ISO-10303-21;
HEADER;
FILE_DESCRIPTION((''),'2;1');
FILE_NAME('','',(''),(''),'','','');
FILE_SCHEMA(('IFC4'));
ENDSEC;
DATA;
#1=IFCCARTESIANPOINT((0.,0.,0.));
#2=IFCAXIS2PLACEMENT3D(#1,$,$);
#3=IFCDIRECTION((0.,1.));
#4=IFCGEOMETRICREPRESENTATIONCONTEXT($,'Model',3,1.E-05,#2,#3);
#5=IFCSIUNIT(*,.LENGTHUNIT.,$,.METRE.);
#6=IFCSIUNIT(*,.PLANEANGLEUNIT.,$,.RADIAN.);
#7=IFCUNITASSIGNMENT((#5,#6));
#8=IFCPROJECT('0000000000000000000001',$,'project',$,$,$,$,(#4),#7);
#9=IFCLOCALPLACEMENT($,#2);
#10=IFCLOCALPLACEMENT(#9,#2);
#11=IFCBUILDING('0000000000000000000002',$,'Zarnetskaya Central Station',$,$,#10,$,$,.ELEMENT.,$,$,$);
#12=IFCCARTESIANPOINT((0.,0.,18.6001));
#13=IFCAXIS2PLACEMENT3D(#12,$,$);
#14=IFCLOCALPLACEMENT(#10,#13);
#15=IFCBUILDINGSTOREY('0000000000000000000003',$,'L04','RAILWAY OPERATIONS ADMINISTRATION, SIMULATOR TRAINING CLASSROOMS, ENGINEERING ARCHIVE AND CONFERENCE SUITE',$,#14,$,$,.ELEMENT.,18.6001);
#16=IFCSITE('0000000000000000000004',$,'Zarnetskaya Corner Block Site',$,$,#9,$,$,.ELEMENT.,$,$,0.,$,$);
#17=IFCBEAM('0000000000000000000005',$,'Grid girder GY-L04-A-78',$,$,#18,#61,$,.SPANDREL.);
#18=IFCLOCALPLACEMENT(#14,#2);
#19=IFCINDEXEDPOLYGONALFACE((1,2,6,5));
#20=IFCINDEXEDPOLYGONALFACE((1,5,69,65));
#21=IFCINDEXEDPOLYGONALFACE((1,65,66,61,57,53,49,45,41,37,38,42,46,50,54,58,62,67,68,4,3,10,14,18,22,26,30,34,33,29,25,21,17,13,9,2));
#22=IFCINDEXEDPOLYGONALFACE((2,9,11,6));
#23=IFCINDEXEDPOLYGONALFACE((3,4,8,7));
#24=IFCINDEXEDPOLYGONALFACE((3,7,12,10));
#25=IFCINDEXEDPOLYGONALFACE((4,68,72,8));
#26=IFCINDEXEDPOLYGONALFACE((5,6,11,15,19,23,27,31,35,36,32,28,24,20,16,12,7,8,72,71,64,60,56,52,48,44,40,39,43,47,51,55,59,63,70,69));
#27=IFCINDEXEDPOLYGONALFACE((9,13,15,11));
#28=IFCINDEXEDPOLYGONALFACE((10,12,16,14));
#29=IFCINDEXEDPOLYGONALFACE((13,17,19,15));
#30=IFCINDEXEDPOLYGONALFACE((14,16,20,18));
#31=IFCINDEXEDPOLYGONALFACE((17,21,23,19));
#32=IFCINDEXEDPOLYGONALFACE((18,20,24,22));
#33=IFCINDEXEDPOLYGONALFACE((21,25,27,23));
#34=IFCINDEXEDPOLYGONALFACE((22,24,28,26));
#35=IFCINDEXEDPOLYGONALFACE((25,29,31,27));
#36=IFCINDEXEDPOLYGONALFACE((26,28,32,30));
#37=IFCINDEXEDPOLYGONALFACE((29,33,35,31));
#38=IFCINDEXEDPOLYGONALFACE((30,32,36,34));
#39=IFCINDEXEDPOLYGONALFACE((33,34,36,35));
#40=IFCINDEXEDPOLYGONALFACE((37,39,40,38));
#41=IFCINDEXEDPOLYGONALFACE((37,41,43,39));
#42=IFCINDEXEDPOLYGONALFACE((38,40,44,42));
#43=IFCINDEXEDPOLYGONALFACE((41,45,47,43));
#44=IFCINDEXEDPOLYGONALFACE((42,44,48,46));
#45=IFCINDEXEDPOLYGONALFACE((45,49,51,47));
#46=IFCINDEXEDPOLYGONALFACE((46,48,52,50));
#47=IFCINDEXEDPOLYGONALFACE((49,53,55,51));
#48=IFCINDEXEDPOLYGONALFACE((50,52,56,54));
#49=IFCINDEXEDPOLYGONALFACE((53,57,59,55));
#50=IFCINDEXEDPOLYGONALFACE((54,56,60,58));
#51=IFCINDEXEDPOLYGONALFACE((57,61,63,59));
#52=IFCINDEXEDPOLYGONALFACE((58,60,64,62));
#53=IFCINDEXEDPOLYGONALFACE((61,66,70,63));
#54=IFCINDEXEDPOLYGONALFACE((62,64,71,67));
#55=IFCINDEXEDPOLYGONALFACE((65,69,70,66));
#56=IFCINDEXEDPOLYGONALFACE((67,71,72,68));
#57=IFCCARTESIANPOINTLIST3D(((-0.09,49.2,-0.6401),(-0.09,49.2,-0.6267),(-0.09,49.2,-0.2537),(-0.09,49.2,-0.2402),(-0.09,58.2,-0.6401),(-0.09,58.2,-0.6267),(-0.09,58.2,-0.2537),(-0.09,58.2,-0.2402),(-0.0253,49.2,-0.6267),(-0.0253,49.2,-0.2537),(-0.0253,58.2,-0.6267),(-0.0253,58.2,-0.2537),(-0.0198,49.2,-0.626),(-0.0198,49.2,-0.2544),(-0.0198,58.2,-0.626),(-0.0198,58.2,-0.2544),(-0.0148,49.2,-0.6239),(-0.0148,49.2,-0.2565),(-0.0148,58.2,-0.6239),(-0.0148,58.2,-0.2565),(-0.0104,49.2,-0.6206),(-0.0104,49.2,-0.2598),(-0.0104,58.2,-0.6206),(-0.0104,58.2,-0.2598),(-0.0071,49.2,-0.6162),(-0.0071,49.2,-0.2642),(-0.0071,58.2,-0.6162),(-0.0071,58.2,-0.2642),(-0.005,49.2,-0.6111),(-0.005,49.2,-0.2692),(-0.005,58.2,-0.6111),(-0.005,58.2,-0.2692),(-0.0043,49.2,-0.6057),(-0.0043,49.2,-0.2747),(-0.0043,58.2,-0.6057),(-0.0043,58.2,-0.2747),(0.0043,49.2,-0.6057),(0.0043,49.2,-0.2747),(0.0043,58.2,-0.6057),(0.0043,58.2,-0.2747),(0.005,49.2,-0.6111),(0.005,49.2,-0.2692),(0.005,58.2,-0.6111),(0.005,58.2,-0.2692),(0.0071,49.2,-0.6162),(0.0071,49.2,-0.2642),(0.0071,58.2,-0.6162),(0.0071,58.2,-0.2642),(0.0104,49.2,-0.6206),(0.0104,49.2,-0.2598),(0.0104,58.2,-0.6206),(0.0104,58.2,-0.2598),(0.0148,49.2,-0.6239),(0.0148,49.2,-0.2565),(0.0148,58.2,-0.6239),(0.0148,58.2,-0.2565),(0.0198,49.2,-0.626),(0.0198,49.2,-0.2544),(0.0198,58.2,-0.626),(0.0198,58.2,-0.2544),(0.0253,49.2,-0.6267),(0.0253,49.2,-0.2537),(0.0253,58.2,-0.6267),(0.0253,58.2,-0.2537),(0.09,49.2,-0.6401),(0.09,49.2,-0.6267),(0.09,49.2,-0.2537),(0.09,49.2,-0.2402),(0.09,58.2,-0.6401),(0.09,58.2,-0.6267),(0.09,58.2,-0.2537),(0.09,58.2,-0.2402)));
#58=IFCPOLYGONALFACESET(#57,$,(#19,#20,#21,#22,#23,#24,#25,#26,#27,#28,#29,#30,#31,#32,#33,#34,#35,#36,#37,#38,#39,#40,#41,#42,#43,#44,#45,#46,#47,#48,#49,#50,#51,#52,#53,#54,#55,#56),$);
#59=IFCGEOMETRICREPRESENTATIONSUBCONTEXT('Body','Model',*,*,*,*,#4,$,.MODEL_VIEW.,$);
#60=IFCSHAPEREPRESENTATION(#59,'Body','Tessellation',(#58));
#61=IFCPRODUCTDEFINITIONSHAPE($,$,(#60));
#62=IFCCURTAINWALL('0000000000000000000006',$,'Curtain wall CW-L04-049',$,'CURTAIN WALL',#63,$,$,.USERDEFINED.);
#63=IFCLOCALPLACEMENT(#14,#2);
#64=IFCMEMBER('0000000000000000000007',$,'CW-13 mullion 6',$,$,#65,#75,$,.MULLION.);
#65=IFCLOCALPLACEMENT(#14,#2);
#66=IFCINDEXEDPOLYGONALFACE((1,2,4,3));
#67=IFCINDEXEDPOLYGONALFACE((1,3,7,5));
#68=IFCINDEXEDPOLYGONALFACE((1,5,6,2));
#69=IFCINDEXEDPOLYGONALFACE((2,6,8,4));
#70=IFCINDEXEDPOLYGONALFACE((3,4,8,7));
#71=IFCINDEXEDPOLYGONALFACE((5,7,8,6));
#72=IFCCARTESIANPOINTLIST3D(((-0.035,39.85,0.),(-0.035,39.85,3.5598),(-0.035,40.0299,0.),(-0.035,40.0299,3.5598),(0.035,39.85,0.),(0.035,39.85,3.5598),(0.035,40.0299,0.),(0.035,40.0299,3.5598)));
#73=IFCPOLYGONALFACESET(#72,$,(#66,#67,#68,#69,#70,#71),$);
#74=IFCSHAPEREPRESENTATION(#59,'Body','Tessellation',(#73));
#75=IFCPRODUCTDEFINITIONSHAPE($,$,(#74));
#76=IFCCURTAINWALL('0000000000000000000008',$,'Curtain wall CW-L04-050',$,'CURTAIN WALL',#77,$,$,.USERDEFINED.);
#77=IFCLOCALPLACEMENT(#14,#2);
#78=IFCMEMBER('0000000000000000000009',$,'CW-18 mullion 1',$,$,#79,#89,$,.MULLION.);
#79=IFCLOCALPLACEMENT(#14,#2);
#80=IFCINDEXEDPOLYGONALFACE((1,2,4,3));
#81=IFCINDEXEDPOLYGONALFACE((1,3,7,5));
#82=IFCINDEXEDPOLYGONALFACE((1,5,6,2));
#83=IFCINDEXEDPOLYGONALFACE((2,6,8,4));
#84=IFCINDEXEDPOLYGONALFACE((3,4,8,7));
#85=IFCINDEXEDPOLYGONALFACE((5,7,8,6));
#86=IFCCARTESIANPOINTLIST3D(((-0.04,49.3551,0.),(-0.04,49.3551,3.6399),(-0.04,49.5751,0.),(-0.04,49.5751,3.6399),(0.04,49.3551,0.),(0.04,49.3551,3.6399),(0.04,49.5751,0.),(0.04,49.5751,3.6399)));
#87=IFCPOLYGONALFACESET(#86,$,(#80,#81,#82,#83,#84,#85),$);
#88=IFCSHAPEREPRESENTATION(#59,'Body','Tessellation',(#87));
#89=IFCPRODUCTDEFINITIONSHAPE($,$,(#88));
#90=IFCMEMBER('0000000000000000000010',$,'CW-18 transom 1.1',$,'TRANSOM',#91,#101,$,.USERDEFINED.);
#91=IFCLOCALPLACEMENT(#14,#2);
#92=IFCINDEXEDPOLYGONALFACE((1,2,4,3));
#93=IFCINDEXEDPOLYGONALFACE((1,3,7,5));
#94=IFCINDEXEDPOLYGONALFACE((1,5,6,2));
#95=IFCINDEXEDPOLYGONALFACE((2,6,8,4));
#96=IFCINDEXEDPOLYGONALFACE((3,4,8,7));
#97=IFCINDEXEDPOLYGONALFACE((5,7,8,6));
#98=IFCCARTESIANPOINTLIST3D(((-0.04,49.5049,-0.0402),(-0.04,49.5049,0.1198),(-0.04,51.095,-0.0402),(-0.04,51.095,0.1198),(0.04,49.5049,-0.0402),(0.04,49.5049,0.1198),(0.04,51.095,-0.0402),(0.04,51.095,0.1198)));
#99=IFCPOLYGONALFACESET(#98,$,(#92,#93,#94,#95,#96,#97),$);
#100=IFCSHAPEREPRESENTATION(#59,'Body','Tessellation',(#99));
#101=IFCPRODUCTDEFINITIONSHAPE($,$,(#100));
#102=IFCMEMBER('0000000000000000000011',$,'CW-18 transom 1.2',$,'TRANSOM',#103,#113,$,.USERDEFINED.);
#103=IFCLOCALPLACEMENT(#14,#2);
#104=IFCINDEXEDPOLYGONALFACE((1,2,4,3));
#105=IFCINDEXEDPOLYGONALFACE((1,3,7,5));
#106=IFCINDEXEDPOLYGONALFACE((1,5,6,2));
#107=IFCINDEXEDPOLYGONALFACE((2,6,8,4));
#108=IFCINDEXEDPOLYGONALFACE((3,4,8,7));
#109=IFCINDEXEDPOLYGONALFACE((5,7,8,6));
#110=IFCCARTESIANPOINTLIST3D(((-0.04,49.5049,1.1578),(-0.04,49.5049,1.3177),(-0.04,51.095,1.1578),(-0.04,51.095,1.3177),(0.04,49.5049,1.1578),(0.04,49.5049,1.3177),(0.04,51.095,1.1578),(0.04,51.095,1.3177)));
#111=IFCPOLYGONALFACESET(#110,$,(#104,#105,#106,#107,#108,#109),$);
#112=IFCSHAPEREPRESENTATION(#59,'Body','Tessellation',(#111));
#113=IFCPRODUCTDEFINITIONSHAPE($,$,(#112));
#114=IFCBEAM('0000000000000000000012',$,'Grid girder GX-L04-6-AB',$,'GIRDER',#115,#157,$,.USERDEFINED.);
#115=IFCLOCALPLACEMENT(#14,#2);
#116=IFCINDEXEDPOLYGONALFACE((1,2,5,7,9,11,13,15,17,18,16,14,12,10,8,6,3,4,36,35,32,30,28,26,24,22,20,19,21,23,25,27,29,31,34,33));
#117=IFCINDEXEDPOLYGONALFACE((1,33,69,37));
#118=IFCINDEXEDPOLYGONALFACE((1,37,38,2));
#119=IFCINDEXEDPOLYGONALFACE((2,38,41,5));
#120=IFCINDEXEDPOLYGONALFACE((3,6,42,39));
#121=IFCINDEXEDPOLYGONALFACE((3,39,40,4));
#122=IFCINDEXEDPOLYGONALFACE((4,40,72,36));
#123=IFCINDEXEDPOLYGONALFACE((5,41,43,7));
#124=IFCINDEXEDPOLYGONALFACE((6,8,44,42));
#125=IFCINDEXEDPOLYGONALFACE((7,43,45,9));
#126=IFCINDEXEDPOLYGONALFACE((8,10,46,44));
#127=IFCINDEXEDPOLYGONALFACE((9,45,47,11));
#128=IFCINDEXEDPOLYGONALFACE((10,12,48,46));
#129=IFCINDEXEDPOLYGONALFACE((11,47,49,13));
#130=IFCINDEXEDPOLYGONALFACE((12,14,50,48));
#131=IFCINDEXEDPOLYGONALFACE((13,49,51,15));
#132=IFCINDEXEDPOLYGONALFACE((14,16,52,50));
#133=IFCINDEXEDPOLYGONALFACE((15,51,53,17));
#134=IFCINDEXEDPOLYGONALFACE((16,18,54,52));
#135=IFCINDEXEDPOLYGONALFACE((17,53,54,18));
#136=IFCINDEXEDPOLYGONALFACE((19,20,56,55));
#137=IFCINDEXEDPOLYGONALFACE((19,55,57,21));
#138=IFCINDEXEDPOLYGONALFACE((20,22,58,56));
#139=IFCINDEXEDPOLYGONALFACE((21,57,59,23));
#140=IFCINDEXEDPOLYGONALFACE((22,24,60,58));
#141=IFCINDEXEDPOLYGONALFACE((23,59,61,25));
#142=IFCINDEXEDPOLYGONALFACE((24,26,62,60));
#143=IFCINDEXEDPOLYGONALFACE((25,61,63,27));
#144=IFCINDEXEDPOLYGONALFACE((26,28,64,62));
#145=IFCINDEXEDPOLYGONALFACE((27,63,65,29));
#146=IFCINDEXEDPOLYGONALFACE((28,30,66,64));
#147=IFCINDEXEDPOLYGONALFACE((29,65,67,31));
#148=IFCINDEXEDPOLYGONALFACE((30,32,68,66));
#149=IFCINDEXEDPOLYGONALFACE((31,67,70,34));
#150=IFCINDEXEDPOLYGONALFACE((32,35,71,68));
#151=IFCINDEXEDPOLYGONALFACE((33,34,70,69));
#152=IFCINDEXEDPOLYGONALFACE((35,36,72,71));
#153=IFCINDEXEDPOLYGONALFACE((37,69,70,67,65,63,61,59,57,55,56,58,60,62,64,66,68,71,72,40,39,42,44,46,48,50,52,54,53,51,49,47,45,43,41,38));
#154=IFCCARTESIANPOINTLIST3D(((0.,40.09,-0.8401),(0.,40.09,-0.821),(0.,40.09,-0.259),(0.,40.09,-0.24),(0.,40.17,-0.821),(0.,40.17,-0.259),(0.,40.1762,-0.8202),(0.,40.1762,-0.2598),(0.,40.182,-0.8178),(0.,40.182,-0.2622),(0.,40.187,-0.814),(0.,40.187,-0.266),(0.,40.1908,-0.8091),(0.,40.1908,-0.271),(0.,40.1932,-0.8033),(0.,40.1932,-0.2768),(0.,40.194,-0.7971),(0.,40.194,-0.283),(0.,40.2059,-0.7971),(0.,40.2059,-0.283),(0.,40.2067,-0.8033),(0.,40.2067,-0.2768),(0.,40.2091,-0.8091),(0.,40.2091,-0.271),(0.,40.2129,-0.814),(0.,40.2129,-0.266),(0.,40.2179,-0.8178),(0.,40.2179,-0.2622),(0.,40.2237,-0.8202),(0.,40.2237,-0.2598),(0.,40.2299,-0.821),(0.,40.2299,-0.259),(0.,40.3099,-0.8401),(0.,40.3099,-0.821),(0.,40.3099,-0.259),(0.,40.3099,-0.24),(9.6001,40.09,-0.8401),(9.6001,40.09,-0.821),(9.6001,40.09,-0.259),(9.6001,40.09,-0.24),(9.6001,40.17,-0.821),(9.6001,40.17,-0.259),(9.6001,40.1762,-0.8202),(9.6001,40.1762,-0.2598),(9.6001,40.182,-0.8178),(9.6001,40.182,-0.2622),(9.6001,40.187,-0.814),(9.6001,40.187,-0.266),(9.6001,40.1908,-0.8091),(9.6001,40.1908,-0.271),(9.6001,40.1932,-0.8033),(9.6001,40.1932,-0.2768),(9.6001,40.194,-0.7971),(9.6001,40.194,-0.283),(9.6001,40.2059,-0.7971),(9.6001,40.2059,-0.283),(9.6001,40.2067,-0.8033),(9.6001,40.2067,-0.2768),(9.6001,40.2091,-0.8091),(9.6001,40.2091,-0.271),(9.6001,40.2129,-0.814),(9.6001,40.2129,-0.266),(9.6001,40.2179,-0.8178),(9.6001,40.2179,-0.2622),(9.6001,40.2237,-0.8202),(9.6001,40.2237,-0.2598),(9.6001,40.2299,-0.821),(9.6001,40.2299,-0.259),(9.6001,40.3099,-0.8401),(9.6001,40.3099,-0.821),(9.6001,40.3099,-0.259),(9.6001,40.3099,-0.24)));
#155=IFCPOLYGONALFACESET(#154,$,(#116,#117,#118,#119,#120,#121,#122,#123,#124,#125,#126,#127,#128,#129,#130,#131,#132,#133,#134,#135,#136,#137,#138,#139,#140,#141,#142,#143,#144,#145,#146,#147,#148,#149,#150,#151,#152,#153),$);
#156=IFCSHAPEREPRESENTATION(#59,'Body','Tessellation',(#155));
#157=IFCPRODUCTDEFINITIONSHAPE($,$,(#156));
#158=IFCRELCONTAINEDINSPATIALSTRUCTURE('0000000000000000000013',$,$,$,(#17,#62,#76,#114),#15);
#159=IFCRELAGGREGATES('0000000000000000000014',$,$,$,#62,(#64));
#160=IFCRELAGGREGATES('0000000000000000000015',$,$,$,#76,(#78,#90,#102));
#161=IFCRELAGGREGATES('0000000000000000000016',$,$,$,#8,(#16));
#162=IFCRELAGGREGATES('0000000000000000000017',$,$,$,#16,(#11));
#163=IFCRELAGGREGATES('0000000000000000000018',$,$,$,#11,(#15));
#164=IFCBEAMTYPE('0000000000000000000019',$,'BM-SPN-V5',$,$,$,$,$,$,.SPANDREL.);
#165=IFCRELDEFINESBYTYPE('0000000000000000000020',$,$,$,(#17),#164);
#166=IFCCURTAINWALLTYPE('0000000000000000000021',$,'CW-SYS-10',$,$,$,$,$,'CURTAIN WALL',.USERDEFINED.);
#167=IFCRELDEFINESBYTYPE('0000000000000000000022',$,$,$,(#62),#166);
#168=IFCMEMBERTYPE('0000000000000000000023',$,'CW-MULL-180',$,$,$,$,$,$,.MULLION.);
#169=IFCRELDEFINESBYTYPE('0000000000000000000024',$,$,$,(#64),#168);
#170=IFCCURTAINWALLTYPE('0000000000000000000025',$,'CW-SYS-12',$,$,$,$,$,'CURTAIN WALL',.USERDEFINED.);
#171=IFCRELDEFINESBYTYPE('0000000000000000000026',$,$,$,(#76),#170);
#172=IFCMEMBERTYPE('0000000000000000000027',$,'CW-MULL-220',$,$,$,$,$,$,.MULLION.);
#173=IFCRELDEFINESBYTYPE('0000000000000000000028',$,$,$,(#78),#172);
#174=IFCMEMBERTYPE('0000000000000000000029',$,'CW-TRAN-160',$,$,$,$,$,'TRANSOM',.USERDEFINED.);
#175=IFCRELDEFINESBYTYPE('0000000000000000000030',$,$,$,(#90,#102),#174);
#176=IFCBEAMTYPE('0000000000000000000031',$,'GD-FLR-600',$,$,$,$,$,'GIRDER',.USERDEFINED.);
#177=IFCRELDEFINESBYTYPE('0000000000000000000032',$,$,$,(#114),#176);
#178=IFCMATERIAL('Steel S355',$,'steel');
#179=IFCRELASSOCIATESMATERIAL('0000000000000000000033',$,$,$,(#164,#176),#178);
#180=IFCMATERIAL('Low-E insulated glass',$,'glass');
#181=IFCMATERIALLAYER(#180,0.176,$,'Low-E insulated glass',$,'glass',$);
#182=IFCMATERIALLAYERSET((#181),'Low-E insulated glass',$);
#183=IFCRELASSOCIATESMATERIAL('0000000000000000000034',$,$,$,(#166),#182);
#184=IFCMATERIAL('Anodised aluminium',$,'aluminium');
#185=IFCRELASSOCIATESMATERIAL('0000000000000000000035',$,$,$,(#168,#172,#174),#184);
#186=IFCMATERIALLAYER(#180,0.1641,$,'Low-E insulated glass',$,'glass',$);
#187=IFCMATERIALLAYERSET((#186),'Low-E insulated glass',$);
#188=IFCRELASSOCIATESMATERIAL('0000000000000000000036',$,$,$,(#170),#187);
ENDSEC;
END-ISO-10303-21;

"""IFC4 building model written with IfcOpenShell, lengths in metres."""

from ifc_helpers import new_model, si_unit, direction, frame, origin, origin_2d, place, context, subcontext, project, spatial, rectangle, i_section, extrude, material, layer, layer_set, material_profile, profile_set, type_object, element, aggregate, save


model = new_model("IFC4")

# Units and contexts
model_context = context("Model", 3, precision=1e-05, world=origin(), true_north=direction((0.0, 1.0)))
body_context = subcontext(model_context, "Body", "Model", "MODEL_VIEW")
ifc_project = project(units=[si_unit("LENGTHUNIT", "METRE"), si_unit("PLANEANGLEUNIT", "RADIAN")], contexts=[model_context])

# Site, building, storey
site_placement = place(None, origin())
site = spatial("IfcSite", under=ifc_project, at=site_placement, Name="Zarnetskaya Corner Block Site", CompositionType="ELEMENT", RefElevation=0.0)
building_placement = place(site_placement, origin())
building = spatial("IfcBuilding", under=site, at=building_placement, Name="Zarnetskaya Central Station", CompositionType="ELEMENT")
storey_placement = place(building_placement, frame((0.0, 0.0, 18.6001)))
storey = spatial("IfcBuildingStorey", under=building, at=storey_placement, Name="L04", Description="RAILWAY OPERATIONS ADMINISTRATION, SIMULATOR TRAINING CLASSROOMS, ENGINEERING ARCHIVE AND CONFERENCE SUITE", CompositionType="ELEMENT", Elevation=18.6001)

# Shared definitions
ifc_material_1 = material(Name="Steel S355", Category="steel")

# Beam
ifc_material_profile_1 = material_profile(ifc_material_1, i_section(OverallWidth=0.1799, OverallDepth=0.3999, WebThickness=0.0085, FlangeThickness=0.0134, FilletRadius=0.021, at=origin_2d()), Name="IPE 400")
ifc_profile_set_1 = profile_set([ifc_material_profile_1], Name="Steel S355")
beam_type_1 = type_object("IfcBeamType", Name="BM-SPN-V5", PredefinedType="SPANDREL", material=ifc_profile_set_1)
for number, where, z_axis, x_axis, name in (
    (1, (0.0, 49.2, -0.4402), (0.0, 1.0, 0.0), (-1.0, 0.0, 0.0), "Grid girder GY-L04-A-78"),
):
    element("IfcBeam", number, at=place(storey_placement, frame(where, z_axis=z_axis, x_axis=x_axis)), inside=storey, type_object=beam_type_1, Name=name, PredefinedType="SPANDREL", context=body_context, shape_type="SweptSolid", body=[
        extrude(i_section(OverallWidth=0.1799, OverallDepth=0.3999, WebThickness=0.0085, FlangeThickness=0.0134, FilletRadius=0.021, at=origin_2d()), origin(), (0.0, 0.0, 1.0), 9.0),
    ])

# Curtain wall, member
ifc_material_2 = material(Name="Low-E insulated glass", Category="glass")
ifc_layer_1 = layer(ifc_material_2, 0.176, Name="Low-E insulated glass", Category="glass")
ifc_layer_set_1 = layer_set([ifc_layer_1], Name="Low-E insulated glass")
curtain_wall_type_1 = type_object("IfcCurtainWallType", Name="CW-SYS-10", ElementType="CURTAIN WALL", PredefinedType="USERDEFINED", material=ifc_layer_set_1)
curtain_wall_1_placement = place(storey_placement, origin())
curtain_wall_1 = element("IfcCurtainWall", 2, at=curtain_wall_1_placement, inside=storey, type_object=curtain_wall_type_1, Name="Curtain wall CW-L04-049", ObjectType="CURTAIN WALL", PredefinedType="USERDEFINED")
ifc_material_3 = material(Name="Anodised aluminium", Category="aluminium")
ifc_material_profile_2 = material_profile(ifc_material_3, rectangle(XDim=0.0701, YDim=0.1799, at=origin_2d()), Name="ALU MULL 70x180")
ifc_profile_set_2 = profile_set([ifc_material_profile_2], Name="Anodised aluminium")
member_type_1 = type_object("IfcMemberType", Name="CW-MULL-180", PredefinedType="MULLION", material=ifc_profile_set_2)
member_1_placement = place(storey_placement, frame((0.0, 39.9399, 0.0), z_axis=(0.0, 0.0, 1.0), x_axis=(-1.0, 0.0, 0.0)))
member_1 = element("IfcMember", 3, at=member_1_placement, type_object=member_type_1, Name="CW-13 mullion 6", PredefinedType="MULLION", context=body_context, shape_type="SweptSolid", body=[
    extrude(rectangle(XDim=0.0701, YDim=0.1799, at=origin_2d()), origin(), (0.0, 0.0, 1.0), 3.5598),
])
aggregate(curtain_wall_1, [member_1])

# Curtain wall, members
ifc_layer_2 = layer(ifc_material_2, 0.1641, Name="Low-E insulated glass", Category="glass")
ifc_layer_set_2 = layer_set([ifc_layer_2], Name="Low-E insulated glass")
curtain_wall_type_2 = type_object("IfcCurtainWallType", Name="CW-SYS-12", ElementType="CURTAIN WALL", PredefinedType="USERDEFINED", material=ifc_layer_set_2)
curtain_wall_2_placement = place(storey_placement, origin())
curtain_wall_2 = element("IfcCurtainWall", 4, at=curtain_wall_2_placement, inside=storey, type_object=curtain_wall_type_2, Name="Curtain wall CW-L04-050", ObjectType="CURTAIN WALL", PredefinedType="USERDEFINED")
ifc_material_profile_3 = material_profile(ifc_material_3, rectangle(XDim=0.0801, YDim=0.22, at=origin_2d()), Name="ALU MULL 80x220")
ifc_profile_set_3 = profile_set([ifc_material_profile_3], Name="Anodised aluminium")
member_type_2 = type_object("IfcMemberType", Name="CW-MULL-220", PredefinedType="MULLION", material=ifc_profile_set_3)
member_2_placement = place(storey_placement, frame((0.0, 49.4651, 0.0), z_axis=(0.0, 0.0, 1.0), x_axis=(-1.0, 0.0, 0.0)))
member_2 = element("IfcMember", 5, at=member_2_placement, type_object=member_type_2, Name="CW-18 mullion 1", PredefinedType="MULLION", context=body_context, shape_type="SweptSolid", body=[
    extrude(rectangle(XDim=0.0801, YDim=0.22, at=origin_2d()), origin(), (0.0, 0.0, 1.0), 3.6399),
])
ifc_material_profile_4 = material_profile(ifc_material_3, rectangle(XDim=0.0801, YDim=0.1599, at=origin_2d()), Name="ALU TRAN 80x160")
ifc_profile_set_4 = profile_set([ifc_material_profile_4], Name="Anodised aluminium")
member_type_3 = type_object("IfcMemberType", Name="CW-TRAN-160", ElementType="TRANSOM", PredefinedType="USERDEFINED", material=ifc_profile_set_4)
member_3_placement = place(storey_placement, frame((0.0, 49.5049, 0.0398), z_axis=(0.0, 1.0, 0.0), x_axis=(-1.0, 0.0, 0.0)))
member_3 = element("IfcMember", 6, at=member_3_placement, type_object=member_type_3, Name="CW-18 transom 1.1", ObjectType="TRANSOM", PredefinedType="USERDEFINED", context=body_context, shape_type="SweptSolid", body=[
    extrude(rectangle(XDim=0.0801, YDim=0.1599, at=origin_2d()), origin(), (0.0, 0.0, 1.0), 1.5901),
])
member_4_placement = place(storey_placement, frame((0.0, 49.5049, 1.2378), z_axis=(0.0, 1.0, 0.0), x_axis=(-1.0, 0.0, 0.0)))
member_4 = element("IfcMember", 7, at=member_4_placement, type_object=member_type_3, Name="CW-18 transom 1.2", ObjectType="TRANSOM", PredefinedType="USERDEFINED", context=body_context, shape_type="SweptSolid", body=[
    extrude(rectangle(XDim=0.0801, YDim=0.1599, at=origin_2d()), origin(), (0.0, 0.0, 1.0), 1.5901),
])
aggregate(curtain_wall_2, [member_2, member_3, member_4])

# Beam
ifc_material_profile_5 = material_profile(ifc_material_1, i_section(OverallWidth=0.22, OverallDepth=0.6001, WebThickness=0.012, FlangeThickness=0.019, FilletRadius=0.0239, at=origin_2d()), Name="IPE 600")
ifc_profile_set_5 = profile_set([ifc_material_profile_5], Name="Steel S355")
beam_type_2 = type_object("IfcBeamType", Name="GD-FLR-600", ElementType="GIRDER", PredefinedType="USERDEFINED", material=ifc_profile_set_5)
for number, where, z_axis, x_axis, name in (
    (8, (0.0, 40.2, -0.54), (1.0, 0.0, 0.0), (0.0, 1.0, 0.0), "Grid girder GX-L04-6-AB"),
):
    element("IfcBeam", number, at=place(storey_placement, frame(where, z_axis=z_axis, x_axis=x_axis)), inside=storey, type_object=beam_type_2, Name=name, ObjectType="GIRDER", PredefinedType="USERDEFINED", context=body_context, shape_type="SweptSolid", body=[
        extrude(i_section(OverallWidth=0.22, OverallDepth=0.6001, WebThickness=0.012, FlangeThickness=0.019, FilletRadius=0.0239, at=origin_2d()), origin(), (0.0, 0.0, 1.0), 9.6001),
    ])

save(model, "model.ifc")
